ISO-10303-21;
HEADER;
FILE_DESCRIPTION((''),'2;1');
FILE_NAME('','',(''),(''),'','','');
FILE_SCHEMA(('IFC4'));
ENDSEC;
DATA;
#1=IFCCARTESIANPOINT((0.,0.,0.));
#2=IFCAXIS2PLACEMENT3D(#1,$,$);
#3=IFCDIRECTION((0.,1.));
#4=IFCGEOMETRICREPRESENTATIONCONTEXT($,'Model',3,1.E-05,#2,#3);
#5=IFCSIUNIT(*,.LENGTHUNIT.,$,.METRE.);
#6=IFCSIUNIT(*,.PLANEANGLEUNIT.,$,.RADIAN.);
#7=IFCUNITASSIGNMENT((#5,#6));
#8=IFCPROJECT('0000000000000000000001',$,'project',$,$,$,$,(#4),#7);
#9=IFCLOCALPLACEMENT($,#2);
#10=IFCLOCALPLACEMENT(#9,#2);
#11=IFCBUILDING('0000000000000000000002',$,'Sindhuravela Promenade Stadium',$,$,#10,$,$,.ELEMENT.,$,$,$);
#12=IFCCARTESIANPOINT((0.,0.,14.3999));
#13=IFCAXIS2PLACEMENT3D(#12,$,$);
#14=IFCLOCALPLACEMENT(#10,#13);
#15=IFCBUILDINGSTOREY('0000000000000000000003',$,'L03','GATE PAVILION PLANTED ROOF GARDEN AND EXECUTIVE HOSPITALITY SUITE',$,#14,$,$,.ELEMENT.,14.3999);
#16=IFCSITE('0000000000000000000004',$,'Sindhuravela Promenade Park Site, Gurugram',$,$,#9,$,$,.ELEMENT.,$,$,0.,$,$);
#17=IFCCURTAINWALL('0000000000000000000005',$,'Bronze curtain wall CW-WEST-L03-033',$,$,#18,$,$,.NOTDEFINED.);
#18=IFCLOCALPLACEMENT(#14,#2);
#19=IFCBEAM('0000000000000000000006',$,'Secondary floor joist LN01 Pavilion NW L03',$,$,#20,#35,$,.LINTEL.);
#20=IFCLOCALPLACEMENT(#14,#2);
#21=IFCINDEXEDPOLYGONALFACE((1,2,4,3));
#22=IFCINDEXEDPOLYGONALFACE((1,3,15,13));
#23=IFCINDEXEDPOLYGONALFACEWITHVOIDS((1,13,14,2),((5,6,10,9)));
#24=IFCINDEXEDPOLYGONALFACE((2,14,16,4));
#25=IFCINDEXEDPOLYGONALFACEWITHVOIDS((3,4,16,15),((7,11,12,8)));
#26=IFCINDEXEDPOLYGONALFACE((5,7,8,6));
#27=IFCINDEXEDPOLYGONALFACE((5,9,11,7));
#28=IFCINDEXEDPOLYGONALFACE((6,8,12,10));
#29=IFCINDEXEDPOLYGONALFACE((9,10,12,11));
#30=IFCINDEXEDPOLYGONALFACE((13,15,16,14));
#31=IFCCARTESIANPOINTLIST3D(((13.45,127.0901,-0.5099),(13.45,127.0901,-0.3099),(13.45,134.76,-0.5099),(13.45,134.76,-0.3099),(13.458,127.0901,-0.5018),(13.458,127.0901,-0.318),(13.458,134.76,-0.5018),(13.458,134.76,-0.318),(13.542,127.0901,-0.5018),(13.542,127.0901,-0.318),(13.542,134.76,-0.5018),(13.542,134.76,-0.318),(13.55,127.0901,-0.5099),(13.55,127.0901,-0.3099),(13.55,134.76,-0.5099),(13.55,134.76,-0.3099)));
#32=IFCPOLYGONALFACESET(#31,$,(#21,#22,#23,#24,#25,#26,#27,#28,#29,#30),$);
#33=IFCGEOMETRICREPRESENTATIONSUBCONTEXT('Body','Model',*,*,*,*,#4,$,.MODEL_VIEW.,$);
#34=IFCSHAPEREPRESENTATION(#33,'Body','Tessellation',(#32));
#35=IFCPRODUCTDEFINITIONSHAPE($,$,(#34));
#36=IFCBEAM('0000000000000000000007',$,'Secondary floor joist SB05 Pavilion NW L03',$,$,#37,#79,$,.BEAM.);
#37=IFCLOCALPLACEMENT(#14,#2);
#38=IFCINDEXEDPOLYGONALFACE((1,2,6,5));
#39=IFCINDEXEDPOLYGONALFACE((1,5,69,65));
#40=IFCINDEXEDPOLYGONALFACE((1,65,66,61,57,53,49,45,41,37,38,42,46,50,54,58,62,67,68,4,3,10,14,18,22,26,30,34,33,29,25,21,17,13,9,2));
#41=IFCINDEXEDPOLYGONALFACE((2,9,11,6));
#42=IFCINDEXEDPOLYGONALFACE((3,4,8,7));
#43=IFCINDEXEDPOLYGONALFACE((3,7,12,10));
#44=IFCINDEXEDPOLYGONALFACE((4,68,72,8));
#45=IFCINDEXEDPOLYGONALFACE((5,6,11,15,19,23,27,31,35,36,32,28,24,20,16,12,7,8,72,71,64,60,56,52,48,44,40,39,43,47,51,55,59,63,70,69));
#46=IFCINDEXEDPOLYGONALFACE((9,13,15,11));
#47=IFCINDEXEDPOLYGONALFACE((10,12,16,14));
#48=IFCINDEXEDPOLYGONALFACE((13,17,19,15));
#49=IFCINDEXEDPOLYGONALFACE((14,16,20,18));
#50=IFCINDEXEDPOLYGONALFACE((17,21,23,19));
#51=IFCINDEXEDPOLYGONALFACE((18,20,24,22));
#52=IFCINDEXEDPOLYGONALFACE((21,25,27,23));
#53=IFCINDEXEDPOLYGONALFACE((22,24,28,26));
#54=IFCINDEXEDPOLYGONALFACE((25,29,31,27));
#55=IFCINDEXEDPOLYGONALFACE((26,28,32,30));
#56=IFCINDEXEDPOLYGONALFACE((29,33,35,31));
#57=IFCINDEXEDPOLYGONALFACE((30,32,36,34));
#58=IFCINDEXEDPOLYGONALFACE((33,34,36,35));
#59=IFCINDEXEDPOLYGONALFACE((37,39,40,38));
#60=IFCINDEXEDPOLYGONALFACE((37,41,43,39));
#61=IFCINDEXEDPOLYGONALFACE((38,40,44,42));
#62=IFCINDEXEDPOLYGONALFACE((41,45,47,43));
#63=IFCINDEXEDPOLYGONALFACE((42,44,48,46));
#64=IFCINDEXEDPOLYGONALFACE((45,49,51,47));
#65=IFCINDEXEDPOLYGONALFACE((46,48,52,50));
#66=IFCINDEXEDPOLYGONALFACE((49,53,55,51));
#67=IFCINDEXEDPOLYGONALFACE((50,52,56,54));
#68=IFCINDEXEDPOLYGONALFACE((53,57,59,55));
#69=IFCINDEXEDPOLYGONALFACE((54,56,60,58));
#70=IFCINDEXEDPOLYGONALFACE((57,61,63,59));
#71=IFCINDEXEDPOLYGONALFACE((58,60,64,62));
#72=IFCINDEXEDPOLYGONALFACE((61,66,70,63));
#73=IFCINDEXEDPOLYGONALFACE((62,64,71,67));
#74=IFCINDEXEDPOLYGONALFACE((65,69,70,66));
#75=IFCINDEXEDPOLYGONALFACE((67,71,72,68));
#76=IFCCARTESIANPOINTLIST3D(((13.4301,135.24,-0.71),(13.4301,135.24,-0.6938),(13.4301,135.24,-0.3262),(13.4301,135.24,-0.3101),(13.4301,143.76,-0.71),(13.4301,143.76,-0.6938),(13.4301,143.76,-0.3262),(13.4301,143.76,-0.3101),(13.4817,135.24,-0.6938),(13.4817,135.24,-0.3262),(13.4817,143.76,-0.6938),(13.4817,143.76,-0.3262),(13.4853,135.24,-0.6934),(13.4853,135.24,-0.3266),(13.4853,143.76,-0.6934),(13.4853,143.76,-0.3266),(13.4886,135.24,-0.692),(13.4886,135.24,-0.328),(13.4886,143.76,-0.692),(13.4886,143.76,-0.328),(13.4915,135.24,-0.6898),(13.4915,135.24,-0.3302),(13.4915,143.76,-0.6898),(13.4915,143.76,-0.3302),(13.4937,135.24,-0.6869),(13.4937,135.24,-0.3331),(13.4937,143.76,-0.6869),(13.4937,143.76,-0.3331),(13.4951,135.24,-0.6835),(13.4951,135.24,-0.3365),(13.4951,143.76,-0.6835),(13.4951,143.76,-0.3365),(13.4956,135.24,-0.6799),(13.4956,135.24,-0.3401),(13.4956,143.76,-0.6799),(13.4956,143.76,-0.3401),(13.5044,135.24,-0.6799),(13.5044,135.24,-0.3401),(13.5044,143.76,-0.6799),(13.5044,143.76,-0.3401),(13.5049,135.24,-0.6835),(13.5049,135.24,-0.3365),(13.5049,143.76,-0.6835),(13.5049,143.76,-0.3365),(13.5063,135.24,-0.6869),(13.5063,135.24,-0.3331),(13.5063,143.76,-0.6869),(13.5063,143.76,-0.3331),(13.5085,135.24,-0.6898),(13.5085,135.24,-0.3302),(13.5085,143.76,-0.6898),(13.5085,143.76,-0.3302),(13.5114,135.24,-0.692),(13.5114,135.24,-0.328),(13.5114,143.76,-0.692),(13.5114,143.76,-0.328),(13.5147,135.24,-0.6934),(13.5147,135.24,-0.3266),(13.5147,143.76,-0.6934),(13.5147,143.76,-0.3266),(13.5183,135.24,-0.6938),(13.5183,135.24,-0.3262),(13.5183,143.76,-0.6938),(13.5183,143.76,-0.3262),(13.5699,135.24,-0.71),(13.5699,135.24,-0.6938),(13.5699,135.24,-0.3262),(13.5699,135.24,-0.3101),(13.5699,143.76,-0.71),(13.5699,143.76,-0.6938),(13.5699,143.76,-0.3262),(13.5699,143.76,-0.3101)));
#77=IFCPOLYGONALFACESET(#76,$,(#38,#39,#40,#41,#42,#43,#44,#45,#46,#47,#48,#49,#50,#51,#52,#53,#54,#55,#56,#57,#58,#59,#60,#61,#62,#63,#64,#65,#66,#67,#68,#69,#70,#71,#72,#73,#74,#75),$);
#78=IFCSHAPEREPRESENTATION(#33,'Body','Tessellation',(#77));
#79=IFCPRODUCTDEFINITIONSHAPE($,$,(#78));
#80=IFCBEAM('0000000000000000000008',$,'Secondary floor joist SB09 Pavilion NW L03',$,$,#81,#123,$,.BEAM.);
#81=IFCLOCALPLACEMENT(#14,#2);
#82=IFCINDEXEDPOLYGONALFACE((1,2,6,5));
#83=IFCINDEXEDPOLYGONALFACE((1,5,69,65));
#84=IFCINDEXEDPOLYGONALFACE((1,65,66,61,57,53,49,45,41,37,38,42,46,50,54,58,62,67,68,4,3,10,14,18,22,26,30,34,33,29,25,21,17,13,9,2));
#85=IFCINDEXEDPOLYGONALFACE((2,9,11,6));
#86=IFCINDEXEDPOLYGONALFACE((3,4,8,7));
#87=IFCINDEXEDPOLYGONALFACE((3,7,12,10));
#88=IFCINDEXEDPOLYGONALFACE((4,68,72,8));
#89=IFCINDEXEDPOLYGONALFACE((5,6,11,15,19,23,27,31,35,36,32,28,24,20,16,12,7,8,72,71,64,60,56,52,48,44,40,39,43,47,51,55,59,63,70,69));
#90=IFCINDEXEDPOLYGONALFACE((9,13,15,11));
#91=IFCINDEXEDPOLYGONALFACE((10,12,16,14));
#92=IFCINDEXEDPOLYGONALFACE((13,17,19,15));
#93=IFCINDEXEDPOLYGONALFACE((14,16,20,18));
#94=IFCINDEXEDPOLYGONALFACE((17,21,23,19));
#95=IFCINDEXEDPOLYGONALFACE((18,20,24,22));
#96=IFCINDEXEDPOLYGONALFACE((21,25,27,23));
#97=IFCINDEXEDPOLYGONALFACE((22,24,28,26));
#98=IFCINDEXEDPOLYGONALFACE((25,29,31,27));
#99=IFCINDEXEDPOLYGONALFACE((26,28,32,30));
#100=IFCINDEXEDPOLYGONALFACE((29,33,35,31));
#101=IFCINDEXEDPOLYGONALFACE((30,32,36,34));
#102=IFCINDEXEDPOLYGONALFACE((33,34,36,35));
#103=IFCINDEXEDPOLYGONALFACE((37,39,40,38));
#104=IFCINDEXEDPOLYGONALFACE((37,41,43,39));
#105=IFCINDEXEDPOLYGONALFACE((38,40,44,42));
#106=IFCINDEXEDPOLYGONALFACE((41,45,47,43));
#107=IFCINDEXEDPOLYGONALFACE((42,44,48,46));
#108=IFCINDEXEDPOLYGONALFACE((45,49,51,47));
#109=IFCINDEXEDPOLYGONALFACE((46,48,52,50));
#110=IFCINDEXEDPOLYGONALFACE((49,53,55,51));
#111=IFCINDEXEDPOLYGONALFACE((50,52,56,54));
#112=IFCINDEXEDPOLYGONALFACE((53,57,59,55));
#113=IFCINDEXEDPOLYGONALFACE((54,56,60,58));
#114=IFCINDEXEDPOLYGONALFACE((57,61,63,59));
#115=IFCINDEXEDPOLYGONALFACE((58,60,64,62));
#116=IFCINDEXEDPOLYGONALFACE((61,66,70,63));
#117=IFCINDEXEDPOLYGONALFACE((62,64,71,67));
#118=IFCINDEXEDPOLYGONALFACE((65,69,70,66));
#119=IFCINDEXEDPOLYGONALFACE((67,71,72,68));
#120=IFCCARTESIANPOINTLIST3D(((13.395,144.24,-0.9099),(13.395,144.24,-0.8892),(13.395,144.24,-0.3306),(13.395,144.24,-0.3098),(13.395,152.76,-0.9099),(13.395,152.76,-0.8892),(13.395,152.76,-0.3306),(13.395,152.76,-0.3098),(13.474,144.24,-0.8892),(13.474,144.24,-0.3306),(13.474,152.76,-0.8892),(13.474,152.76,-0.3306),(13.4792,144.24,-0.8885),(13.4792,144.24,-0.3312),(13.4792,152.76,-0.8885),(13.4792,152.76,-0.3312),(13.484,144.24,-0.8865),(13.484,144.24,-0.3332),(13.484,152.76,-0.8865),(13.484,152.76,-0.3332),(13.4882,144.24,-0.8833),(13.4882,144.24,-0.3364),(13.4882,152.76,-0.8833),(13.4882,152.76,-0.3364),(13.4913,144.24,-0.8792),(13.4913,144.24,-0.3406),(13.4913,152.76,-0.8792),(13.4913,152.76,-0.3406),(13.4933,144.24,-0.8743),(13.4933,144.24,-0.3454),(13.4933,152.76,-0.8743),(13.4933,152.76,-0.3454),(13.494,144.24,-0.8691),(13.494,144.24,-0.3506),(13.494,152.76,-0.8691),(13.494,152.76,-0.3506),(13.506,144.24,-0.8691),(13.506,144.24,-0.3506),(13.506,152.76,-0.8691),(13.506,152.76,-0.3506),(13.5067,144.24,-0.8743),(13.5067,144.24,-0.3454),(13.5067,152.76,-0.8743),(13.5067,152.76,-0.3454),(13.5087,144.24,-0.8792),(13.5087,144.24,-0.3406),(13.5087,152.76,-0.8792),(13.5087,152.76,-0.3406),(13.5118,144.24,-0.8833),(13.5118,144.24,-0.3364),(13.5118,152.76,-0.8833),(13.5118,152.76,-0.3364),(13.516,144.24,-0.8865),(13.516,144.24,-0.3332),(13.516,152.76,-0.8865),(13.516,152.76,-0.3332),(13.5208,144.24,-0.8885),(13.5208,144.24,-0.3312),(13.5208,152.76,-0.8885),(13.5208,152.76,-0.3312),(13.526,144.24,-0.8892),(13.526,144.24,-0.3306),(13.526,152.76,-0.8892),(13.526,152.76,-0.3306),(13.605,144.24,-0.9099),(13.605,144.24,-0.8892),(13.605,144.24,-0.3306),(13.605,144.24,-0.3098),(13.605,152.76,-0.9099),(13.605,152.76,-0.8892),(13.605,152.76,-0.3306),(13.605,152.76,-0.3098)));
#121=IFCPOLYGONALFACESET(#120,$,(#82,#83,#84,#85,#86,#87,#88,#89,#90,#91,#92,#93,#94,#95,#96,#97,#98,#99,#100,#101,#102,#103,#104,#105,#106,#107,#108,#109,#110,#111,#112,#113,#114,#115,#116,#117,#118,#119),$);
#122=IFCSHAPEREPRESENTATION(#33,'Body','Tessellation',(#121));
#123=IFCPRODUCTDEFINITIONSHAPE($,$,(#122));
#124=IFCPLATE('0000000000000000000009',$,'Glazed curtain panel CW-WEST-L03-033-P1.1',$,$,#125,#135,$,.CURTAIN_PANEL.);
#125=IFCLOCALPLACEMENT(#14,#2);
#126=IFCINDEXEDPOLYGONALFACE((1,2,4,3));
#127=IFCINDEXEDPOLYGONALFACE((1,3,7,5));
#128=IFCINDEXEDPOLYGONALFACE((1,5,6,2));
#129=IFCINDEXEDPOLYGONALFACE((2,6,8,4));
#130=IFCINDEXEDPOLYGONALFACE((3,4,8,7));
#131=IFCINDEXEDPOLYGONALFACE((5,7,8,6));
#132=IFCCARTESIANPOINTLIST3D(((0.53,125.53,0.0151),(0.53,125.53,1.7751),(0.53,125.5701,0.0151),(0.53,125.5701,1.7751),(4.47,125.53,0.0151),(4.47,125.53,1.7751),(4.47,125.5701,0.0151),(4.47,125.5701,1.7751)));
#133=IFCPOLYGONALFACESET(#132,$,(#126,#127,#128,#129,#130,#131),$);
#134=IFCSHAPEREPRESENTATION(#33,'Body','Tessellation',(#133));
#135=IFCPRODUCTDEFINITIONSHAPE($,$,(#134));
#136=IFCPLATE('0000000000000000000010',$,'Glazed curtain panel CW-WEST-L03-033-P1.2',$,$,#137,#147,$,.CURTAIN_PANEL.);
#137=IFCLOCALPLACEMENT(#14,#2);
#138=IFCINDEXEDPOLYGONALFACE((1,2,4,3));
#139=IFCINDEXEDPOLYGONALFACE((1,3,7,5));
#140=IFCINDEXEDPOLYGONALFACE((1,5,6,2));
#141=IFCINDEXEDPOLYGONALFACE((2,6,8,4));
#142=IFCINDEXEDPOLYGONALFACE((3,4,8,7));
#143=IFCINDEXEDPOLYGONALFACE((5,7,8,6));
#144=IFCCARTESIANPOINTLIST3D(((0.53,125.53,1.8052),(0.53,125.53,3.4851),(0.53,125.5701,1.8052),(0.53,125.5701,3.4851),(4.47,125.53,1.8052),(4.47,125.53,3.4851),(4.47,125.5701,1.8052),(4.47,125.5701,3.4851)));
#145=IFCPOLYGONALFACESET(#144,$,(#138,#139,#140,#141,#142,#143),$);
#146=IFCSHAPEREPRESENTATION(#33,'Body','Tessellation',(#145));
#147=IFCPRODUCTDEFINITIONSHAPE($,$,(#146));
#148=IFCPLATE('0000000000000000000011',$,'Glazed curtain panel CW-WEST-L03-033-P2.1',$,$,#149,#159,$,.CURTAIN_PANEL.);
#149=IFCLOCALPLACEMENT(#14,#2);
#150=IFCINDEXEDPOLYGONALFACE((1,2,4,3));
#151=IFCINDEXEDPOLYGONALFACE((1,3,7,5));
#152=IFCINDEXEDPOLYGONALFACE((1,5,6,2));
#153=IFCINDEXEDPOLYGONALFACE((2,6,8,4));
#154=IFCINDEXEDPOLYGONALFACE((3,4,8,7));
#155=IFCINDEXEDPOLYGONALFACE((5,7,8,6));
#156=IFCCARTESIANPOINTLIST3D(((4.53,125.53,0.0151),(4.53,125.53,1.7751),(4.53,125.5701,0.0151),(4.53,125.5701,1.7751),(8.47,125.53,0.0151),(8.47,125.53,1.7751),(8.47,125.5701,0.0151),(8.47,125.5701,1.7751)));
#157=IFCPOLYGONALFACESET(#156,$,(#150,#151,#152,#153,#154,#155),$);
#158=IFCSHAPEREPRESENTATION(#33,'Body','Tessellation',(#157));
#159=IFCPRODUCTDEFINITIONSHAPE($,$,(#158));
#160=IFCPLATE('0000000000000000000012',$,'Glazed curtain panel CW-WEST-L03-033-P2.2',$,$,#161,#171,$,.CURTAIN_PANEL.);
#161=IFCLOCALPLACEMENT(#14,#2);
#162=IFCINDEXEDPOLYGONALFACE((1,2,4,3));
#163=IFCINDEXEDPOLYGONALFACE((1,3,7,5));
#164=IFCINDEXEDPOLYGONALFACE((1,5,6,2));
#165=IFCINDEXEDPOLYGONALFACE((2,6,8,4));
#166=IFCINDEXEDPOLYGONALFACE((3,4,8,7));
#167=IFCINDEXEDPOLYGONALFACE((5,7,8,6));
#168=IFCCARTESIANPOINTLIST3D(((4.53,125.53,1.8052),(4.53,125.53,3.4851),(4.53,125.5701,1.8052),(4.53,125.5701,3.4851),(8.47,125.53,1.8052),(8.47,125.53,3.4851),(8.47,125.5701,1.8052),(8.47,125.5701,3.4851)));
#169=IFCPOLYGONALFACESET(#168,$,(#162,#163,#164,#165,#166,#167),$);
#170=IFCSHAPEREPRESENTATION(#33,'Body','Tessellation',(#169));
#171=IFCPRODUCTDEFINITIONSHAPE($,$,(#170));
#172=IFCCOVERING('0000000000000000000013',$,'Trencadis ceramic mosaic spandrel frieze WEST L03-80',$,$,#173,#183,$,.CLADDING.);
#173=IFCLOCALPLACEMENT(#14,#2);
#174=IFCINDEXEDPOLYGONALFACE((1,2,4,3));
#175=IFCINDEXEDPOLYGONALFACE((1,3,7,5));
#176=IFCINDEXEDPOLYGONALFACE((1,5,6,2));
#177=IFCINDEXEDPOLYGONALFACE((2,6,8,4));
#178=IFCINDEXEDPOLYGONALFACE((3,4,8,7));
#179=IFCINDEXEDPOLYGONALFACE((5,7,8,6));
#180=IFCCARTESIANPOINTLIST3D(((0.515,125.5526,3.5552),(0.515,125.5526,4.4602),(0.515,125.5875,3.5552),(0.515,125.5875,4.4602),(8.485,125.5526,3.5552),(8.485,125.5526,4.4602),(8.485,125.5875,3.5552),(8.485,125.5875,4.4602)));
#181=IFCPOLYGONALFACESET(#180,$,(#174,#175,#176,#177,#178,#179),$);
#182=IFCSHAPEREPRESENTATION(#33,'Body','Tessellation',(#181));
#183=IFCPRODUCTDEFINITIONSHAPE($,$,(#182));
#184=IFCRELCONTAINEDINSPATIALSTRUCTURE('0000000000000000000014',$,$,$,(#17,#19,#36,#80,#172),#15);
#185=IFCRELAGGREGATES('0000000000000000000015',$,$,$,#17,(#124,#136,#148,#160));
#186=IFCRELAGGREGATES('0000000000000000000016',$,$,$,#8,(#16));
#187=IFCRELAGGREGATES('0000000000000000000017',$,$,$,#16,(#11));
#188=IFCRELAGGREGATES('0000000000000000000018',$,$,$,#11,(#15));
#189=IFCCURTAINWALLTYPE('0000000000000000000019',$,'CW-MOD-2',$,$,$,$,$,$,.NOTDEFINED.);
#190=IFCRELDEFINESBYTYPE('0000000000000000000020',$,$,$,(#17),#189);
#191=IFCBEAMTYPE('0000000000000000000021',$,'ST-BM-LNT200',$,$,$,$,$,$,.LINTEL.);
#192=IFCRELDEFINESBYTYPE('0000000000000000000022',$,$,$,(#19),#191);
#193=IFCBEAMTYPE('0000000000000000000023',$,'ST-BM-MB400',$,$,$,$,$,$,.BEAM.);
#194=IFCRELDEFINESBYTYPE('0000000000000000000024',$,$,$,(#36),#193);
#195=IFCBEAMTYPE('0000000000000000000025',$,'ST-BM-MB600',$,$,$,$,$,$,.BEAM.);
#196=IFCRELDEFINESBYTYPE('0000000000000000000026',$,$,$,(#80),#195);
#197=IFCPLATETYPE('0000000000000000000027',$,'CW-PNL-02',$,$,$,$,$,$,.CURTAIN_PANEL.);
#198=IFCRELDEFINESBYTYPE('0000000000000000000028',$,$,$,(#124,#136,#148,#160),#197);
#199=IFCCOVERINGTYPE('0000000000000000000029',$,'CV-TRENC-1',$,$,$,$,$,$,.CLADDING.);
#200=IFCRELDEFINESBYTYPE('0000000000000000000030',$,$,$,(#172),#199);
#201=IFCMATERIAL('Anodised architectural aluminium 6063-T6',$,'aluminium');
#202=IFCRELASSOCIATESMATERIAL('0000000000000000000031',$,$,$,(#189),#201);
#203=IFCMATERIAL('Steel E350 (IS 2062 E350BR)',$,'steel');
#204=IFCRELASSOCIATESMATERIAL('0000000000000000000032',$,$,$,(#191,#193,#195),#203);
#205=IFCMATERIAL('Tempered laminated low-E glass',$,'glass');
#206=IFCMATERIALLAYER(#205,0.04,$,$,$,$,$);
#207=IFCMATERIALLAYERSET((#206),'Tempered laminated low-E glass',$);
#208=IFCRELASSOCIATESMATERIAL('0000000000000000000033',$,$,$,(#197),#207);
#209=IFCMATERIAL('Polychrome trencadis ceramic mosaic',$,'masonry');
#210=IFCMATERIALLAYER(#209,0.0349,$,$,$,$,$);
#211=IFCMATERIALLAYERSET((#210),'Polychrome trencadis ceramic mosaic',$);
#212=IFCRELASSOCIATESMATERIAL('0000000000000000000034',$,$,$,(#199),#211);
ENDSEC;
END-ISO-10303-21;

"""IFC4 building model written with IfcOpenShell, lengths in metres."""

from ifc_helpers import new_model, si_unit, direction, frame, origin, origin_2d, place, context, subcontext, project, spatial, rectangle, hollow_rectangle, i_section, extrude, material, layer, layer_set, material_profile, profile_set, type_object, element, aggregate, save


model = new_model("IFC4")

# Units and contexts
model_context = context("Model", 3, precision=1e-05, world=origin(), true_north=direction((0.0, 1.0)))
body_context = subcontext(model_context, "Body", "Model", "MODEL_VIEW")
ifc_project = project(units=[si_unit("LENGTHUNIT", "METRE"), si_unit("PLANEANGLEUNIT", "RADIAN")], contexts=[model_context])

# Site, building, storey
site_placement = place(None, origin())
site = spatial("IfcSite", under=ifc_project, at=site_placement, Name="Sindhuravela Promenade Park Site, Gurugram", CompositionType="ELEMENT", RefElevation=0.0)
building_placement = place(site_placement, origin())
building = spatial("IfcBuilding", under=site, at=building_placement, Name="Sindhuravela Promenade Stadium", CompositionType="ELEMENT")
storey_placement = place(building_placement, frame((0.0, 0.0, 14.3999)))
storey = spatial("IfcBuildingStorey", under=building, at=storey_placement, Name="L03", Description="GATE PAVILION PLANTED ROOF GARDEN AND EXECUTIVE HOSPITALITY SUITE", CompositionType="ELEMENT", Elevation=14.3999)

# Curtain wall
ifc_material_1 = material(Name="Anodised architectural aluminium 6063-T6", Category="aluminium")
curtain_wall_type = type_object("IfcCurtainWallType", Name="CW-MOD-2", PredefinedType="NOTDEFINED", material=ifc_material_1)
curtain_wall_placement = place(storey_placement, origin())
curtain_wall = element("IfcCurtainWall", 1, at=curtain_wall_placement, inside=storey, type_object=curtain_wall_type, Name="Bronze curtain wall CW-WEST-L03-033", PredefinedType="NOTDEFINED")

# Beams
ifc_material_2 = material(Name="Steel E350 (IS 2062 E350BR)", Category="steel")
ifc_material_profile_1 = material_profile(ifc_material_2, hollow_rectangle(XDim=0.1001, YDim=0.2, WallThickness=0.0081, at=origin_2d()), Name="RHS 200x100x8")
ifc_profile_set_1 = profile_set([ifc_material_profile_1], Name="Steel E350 (IS 2062 E350BR)")
beam_type_1 = type_object("IfcBeamType", Name="ST-BM-LNT200", PredefinedType="LINTEL", material=ifc_profile_set_1)
beam_1_placement = place(storey_placement, frame((13.5, 127.0901, -0.4099), z_axis=(0.0, 1.0, 0.0), x_axis=(-1.0, 0.0, 0.0)))
element("IfcBeam", 2, at=beam_1_placement, inside=storey, type_object=beam_type_1, Name="Secondary floor joist LN01 Pavilion NW L03", PredefinedType="LINTEL", context=body_context, shape_type="SweptSolid", body=[
    extrude(hollow_rectangle(XDim=0.1001, YDim=0.2, WallThickness=0.0081, at=origin_2d()), origin(), (0.0, 0.0, 1.0), 7.6699),
])
ifc_material_profile_2 = material_profile(ifc_material_2, i_section(OverallWidth=0.1399, OverallDepth=0.3999, WebThickness=0.0088, FlangeThickness=0.0161, FilletRadius=0.0139, at=origin_2d()), Name="ISMB 400")
ifc_profile_set_2 = profile_set([ifc_material_profile_2], Name="Steel E350 (IS 2062 E350BR)")
beam_type_2 = type_object("IfcBeamType", Name="ST-BM-MB400", PredefinedType="BEAM", material=ifc_profile_set_2)
beam_2_placement = place(storey_placement, frame((13.5, 135.24, -0.51), z_axis=(0.0, 1.0, 0.0), x_axis=(-1.0, 0.0, 0.0)))
element("IfcBeam", 3, at=beam_2_placement, inside=storey, type_object=beam_type_2, Name="Secondary floor joist SB05 Pavilion NW L03", PredefinedType="BEAM", context=body_context, shape_type="SweptSolid", body=[
    extrude(i_section(OverallWidth=0.1399, OverallDepth=0.3999, WebThickness=0.0088, FlangeThickness=0.0161, FilletRadius=0.0139, at=origin_2d()), origin(), (0.0, 0.0, 1.0), 8.52),
])
ifc_material_profile_3 = material_profile(ifc_material_2, i_section(OverallWidth=0.21, OverallDepth=0.6001, WebThickness=0.012, FlangeThickness=0.0208, FilletRadius=0.02, at=origin_2d()), Name="ISMB 600")
ifc_profile_set_3 = profile_set([ifc_material_profile_3], Name="Steel E350 (IS 2062 E350BR)")
beam_type_3 = type_object("IfcBeamType", Name="ST-BM-MB600", PredefinedType="BEAM", material=ifc_profile_set_3)
beam_3_placement = place(storey_placement, frame((13.5, 144.24, -0.6099), z_axis=(0.0, 1.0, 0.0), x_axis=(-1.0, 0.0, 0.0)))
element("IfcBeam", 4, at=beam_3_placement, inside=storey, type_object=beam_type_3, Name="Secondary floor joist SB09 Pavilion NW L03", PredefinedType="BEAM", context=body_context, shape_type="SweptSolid", body=[
    extrude(i_section(OverallWidth=0.21, OverallDepth=0.6001, WebThickness=0.012, FlangeThickness=0.0208, FilletRadius=0.02, at=origin_2d()), origin(), (0.0, 0.0, 1.0), 8.52),
])

# Plates
ifc_material_3 = material(Name="Tempered laminated low-E glass", Category="glass")
ifc_layer_1 = layer(ifc_material_3, 0.04)
ifc_layer_set_1 = layer_set([ifc_layer_1], Name="Tempered laminated low-E glass")
plate_type = type_object("IfcPlateType", Name="CW-PNL-02", PredefinedType="CURTAIN_PANEL", material=ifc_layer_set_1)
plate_1_placement = place(storey_placement, frame((2.5, 125.55, 0.0151), z_axis=(0.0, 0.0, 1.0), x_axis=(1.0, 0.0, 0.0)))
plate_1 = element("IfcPlate", 5, at=plate_1_placement, type_object=plate_type, Name="Glazed curtain panel CW-WEST-L03-033-P1.1", PredefinedType="CURTAIN_PANEL", context=body_context, shape_type="SweptSolid", body=[
    extrude(rectangle(XDim=3.9399, YDim=0.04, at=origin_2d()), origin(), (0.0, 0.0, 1.0), 1.76),
])
plate_2_placement = place(storey_placement, frame((2.5, 125.55, 1.8052), z_axis=(0.0, 0.0, 1.0), x_axis=(1.0, 0.0, 0.0)))
plate_2 = element("IfcPlate", 6, at=plate_2_placement, type_object=plate_type, Name="Glazed curtain panel CW-WEST-L03-033-P1.2", PredefinedType="CURTAIN_PANEL", context=body_context, shape_type="SweptSolid", body=[
    extrude(rectangle(XDim=3.9399, YDim=0.04, at=origin_2d()), origin(), (0.0, 0.0, 1.0), 1.6799),
])
plate_3_placement = place(storey_placement, frame((6.5, 125.55, 0.0151), z_axis=(0.0, 0.0, 1.0), x_axis=(1.0, 0.0, 0.0)))
plate_3 = element("IfcPlate", 7, at=plate_3_placement, type_object=plate_type, Name="Glazed curtain panel CW-WEST-L03-033-P2.1", PredefinedType="CURTAIN_PANEL", context=body_context, shape_type="SweptSolid", body=[
    extrude(rectangle(XDim=3.9399, YDim=0.04, at=origin_2d()), origin(), (0.0, 0.0, 1.0), 1.76),
])
plate_4_placement = place(storey_placement, frame((6.5, 125.55, 1.8052), z_axis=(0.0, 0.0, 1.0), x_axis=(1.0, 0.0, 0.0)))
plate_4 = element("IfcPlate", 8, at=plate_4_placement, type_object=plate_type, Name="Glazed curtain panel CW-WEST-L03-033-P2.2", PredefinedType="CURTAIN_PANEL", context=body_context, shape_type="SweptSolid", body=[
    extrude(rectangle(XDim=3.9399, YDim=0.04, at=origin_2d()), origin(), (0.0, 0.0, 1.0), 1.6799),
])
aggregate(curtain_wall, [plate_1, plate_2, plate_3, plate_4])

# Covering
ifc_material_4 = material(Name="Polychrome trencadis ceramic mosaic", Category="masonry")
ifc_layer_2 = layer(ifc_material_4, 0.0349)
ifc_layer_set_2 = layer_set([ifc_layer_2], Name="Polychrome trencadis ceramic mosaic")
covering_type_1 = type_object("IfcCoveringType", Name="CV-TRENC-1", PredefinedType="CLADDING", material=ifc_layer_set_2)
covering_1_placement = place(storey_placement, frame((4.5, 125.5701, 3.5552), z_axis=(0.0, 0.0, 1.0), x_axis=(1.0, 0.0, 0.0)))
element("IfcCovering", 9, at=covering_1_placement, inside=storey, type_object=covering_type_1, Name="Trencadis ceramic mosaic spandrel frieze WEST L03-80", PredefinedType="CLADDING", context=body_context, shape_type="SweptSolid", body=[
    extrude(rectangle(XDim=7.97, YDim=0.0349, at=origin_2d()), origin(), (0.0, 0.0, 1.0), 0.905),
])

save(model, "model.ifc")
